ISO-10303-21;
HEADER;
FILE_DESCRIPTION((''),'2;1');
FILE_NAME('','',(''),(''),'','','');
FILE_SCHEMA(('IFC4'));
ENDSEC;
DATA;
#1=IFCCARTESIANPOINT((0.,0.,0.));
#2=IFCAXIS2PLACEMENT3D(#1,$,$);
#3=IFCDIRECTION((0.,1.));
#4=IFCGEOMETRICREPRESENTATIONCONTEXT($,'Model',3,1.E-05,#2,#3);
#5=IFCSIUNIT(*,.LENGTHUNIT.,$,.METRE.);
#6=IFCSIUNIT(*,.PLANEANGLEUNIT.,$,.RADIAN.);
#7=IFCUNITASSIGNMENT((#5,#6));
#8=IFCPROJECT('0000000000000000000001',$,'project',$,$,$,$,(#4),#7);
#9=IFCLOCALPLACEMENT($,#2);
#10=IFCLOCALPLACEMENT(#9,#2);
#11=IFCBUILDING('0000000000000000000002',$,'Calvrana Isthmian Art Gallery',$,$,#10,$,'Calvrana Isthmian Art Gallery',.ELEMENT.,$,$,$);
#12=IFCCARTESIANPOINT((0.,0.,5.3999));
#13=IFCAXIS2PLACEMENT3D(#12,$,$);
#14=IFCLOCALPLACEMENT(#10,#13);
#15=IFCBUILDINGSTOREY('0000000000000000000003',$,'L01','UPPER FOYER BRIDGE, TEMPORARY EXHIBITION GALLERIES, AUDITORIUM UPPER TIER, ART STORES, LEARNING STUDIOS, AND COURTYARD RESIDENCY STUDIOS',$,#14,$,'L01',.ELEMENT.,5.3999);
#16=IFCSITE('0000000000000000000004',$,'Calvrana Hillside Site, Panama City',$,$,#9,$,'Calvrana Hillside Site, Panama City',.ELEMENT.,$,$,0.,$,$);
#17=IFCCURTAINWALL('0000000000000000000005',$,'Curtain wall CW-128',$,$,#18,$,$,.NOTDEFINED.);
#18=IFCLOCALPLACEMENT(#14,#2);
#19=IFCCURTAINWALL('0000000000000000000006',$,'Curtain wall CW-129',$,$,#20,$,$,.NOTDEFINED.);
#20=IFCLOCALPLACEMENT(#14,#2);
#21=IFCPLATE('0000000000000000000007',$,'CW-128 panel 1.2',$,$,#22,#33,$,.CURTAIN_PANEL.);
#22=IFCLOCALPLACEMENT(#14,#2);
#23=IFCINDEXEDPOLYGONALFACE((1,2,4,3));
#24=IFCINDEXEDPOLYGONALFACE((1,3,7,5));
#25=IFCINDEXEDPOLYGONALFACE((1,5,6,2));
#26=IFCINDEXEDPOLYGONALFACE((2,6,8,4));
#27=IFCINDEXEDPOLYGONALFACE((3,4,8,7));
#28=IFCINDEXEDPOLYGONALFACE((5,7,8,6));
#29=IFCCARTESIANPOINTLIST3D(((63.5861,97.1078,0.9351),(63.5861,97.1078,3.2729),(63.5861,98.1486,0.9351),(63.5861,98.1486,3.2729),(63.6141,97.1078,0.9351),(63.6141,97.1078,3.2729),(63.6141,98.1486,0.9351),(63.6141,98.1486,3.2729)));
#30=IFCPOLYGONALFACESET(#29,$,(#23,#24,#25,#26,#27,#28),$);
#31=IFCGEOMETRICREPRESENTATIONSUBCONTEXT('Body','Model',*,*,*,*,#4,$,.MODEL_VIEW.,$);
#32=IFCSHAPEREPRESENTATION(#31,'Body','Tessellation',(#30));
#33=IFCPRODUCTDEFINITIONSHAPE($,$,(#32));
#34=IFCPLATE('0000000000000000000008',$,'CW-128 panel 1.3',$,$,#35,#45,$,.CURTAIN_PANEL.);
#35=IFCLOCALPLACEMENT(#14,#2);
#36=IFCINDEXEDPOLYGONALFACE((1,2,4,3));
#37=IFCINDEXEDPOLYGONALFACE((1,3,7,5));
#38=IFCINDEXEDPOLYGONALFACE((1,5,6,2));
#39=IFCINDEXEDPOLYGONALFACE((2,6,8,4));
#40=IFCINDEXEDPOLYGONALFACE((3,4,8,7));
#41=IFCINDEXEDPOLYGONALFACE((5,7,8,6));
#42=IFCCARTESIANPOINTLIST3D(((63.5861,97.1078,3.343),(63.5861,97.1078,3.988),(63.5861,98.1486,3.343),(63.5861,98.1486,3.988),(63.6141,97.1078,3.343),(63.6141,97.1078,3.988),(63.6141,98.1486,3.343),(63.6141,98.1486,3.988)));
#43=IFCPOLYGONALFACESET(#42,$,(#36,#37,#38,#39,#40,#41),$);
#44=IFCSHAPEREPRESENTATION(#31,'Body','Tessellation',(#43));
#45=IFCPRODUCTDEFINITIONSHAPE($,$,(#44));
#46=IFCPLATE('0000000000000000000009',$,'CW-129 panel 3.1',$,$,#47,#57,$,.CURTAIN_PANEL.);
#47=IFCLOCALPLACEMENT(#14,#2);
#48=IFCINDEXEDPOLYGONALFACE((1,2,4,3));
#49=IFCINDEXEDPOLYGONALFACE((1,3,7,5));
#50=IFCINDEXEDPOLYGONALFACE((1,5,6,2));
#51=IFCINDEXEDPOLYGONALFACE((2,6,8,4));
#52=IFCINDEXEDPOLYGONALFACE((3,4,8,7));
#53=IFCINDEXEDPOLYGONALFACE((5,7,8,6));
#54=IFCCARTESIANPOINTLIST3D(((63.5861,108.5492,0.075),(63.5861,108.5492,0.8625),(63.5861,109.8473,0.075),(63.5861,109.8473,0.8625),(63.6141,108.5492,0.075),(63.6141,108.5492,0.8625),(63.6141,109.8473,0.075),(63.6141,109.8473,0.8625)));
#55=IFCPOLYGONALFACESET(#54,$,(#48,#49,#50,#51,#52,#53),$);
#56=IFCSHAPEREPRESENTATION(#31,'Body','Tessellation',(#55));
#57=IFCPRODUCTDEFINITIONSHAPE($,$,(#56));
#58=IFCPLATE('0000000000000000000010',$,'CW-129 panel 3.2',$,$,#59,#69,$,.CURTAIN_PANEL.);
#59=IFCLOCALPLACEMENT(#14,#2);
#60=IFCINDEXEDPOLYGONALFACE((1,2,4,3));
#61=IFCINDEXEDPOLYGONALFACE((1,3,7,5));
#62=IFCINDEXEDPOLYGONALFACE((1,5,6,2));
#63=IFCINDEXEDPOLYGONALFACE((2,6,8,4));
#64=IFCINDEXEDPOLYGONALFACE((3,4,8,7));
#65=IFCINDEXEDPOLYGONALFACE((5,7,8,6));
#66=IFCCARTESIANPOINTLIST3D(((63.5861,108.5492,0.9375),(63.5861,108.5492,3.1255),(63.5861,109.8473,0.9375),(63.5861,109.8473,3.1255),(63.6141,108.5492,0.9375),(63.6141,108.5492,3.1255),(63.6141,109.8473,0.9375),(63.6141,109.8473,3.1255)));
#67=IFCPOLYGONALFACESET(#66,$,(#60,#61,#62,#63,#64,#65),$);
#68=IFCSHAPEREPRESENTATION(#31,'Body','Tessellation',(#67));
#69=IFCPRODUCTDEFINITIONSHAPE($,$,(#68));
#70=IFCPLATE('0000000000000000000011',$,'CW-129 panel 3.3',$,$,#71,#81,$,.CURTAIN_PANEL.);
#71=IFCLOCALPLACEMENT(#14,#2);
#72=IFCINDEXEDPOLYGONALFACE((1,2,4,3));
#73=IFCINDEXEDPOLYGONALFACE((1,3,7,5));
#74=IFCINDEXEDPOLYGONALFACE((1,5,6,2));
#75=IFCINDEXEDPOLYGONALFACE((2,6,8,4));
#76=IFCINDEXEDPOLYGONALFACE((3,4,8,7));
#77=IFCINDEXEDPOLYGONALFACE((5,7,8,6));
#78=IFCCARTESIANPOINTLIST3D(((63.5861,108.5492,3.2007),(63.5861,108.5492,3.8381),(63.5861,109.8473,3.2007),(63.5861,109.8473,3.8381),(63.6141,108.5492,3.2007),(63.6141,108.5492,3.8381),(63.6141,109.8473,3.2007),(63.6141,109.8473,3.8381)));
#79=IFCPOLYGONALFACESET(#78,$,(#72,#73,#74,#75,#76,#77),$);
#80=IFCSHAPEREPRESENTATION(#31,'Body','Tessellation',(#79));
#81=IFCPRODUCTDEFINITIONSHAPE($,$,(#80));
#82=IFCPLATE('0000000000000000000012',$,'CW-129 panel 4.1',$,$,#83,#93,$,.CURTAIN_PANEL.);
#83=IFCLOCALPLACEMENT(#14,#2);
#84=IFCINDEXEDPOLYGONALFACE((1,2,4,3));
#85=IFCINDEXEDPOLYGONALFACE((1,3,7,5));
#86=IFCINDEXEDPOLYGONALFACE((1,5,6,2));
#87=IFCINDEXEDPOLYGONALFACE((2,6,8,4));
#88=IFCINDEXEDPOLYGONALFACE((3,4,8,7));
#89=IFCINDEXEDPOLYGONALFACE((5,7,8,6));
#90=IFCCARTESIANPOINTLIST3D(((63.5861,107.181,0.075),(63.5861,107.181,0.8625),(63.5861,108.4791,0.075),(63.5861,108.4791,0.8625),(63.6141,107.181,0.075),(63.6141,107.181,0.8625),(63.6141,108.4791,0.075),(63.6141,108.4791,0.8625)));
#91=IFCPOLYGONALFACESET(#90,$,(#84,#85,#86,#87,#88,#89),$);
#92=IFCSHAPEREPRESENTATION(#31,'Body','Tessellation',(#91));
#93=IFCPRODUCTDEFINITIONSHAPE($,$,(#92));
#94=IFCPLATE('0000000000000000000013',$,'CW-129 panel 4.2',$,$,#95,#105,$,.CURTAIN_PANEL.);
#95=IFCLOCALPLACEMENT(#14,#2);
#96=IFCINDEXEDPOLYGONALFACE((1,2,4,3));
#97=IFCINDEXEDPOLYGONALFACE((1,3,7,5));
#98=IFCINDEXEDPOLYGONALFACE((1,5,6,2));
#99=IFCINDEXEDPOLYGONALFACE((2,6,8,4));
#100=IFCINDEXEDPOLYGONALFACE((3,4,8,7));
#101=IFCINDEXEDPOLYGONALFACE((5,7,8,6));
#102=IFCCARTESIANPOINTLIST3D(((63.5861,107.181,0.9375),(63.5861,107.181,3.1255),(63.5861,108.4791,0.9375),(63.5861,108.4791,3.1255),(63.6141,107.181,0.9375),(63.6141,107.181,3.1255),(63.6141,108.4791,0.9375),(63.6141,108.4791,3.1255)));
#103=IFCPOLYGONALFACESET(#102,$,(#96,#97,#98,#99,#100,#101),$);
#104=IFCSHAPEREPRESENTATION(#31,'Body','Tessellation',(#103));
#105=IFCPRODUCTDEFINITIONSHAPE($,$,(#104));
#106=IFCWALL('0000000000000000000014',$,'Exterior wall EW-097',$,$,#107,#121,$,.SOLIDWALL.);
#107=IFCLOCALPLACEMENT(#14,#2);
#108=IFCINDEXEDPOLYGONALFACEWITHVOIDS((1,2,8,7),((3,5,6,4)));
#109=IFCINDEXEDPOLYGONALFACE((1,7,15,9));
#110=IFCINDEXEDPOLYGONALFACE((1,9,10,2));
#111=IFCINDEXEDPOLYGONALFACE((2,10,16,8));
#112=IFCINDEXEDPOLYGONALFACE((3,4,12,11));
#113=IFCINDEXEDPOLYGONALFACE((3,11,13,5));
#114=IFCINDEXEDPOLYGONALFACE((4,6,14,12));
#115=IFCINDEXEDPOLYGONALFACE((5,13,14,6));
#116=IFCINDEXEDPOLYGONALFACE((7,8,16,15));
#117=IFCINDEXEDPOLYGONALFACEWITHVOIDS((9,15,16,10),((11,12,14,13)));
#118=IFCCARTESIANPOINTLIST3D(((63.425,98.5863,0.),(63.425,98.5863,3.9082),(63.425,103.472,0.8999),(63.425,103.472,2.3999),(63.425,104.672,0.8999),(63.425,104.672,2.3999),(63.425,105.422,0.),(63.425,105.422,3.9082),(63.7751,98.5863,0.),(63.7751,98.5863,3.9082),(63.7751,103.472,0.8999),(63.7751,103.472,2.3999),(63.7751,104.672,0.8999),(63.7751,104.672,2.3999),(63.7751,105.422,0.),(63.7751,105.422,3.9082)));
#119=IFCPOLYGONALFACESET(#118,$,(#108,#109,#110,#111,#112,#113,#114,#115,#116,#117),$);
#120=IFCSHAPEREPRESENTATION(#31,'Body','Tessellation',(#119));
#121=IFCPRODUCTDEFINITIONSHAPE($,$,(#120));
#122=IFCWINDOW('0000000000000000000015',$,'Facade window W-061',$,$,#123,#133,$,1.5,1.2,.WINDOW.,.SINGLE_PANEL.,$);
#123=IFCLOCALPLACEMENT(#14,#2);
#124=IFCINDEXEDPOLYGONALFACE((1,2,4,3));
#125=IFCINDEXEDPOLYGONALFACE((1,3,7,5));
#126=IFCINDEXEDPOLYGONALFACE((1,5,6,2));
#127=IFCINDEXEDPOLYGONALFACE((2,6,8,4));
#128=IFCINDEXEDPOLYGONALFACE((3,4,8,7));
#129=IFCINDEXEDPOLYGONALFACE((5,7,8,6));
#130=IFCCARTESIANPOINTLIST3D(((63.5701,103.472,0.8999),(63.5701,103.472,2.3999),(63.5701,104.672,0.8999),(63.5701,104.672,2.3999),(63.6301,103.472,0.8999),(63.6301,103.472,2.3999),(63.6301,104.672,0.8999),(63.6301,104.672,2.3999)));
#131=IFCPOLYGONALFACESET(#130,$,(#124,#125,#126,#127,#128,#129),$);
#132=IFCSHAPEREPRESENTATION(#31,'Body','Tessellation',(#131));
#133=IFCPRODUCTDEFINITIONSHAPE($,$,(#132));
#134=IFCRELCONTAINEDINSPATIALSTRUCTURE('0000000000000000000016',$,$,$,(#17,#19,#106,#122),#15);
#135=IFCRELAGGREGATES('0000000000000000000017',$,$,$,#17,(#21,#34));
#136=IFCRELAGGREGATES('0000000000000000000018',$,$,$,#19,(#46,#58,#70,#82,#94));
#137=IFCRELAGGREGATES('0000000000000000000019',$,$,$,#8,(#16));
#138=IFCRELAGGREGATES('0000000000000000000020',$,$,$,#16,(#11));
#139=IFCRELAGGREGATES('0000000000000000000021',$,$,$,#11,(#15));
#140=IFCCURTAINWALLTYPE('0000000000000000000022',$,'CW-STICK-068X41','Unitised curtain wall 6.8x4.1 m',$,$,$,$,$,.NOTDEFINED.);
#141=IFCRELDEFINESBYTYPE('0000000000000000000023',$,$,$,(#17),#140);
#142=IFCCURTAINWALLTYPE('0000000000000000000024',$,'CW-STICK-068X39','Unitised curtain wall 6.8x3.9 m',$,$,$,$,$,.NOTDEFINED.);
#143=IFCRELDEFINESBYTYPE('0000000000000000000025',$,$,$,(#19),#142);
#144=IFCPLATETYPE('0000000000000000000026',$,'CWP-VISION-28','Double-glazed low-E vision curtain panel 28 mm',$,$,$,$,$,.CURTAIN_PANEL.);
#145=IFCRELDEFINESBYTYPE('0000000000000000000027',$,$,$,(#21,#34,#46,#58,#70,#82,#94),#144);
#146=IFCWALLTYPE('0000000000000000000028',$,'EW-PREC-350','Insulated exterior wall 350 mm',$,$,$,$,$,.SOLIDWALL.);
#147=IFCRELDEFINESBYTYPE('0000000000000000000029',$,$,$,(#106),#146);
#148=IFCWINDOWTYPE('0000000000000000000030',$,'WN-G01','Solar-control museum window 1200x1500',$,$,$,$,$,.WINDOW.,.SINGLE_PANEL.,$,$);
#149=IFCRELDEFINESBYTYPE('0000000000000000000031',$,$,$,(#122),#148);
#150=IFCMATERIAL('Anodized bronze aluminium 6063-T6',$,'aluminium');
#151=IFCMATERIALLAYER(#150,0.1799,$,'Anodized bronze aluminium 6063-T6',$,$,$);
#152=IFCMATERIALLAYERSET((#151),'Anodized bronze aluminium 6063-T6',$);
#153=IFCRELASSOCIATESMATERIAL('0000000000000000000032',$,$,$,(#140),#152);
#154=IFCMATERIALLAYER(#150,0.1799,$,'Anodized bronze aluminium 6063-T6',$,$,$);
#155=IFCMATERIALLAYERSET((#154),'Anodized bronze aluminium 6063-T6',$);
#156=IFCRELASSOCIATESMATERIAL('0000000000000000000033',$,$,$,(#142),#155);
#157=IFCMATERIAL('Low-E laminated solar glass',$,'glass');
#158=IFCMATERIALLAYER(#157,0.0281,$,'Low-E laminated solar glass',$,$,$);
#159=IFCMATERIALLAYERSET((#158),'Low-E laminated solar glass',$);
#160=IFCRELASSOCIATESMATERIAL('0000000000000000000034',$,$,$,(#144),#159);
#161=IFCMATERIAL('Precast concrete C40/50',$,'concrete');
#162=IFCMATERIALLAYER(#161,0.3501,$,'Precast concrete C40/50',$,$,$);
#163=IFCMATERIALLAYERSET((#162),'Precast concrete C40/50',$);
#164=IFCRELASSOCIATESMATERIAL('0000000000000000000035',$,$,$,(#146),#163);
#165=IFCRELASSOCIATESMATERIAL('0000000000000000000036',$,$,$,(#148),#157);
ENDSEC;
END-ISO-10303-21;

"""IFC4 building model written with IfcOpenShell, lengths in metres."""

from ifc_helpers import new_model, si_unit, direction, frame, frame_2d, origin, origin_2d, place, context, subcontext, project, spatial, rectangle, extrude, material, layer, layer_set, type_object, element, fill, aggregate, save


model = new_model("IFC4")

# Units and contexts
model_context = context("Model", 3, precision=1e-05, world=origin(), true_north=direction((0.0, 1.0)))
body_context = subcontext(model_context, "Body", "Model", "MODEL_VIEW")
ifc_project = project(units=[si_unit("LENGTHUNIT", "METRE"), si_unit("PLANEANGLEUNIT", "RADIAN")], contexts=[model_context])

# Site, building, storey
site_placement = place(None, origin())
site = spatial("IfcSite", under=ifc_project, at=site_placement, Name="Calvrana Hillside Site, Panama City", LongName="Calvrana Hillside Site, Panama City", CompositionType="ELEMENT", RefElevation=0.0)
building_placement = place(site_placement, origin())
building = spatial("IfcBuilding", under=site, at=building_placement, Name="Calvrana Isthmian Art Gallery", LongName="Calvrana Isthmian Art Gallery", CompositionType="ELEMENT")
storey_placement = place(building_placement, frame((0.0, 0.0, 5.3999)))
storey = spatial("IfcBuildingStorey", under=building, at=storey_placement, Name="L01", Description="UPPER FOYER BRIDGE, TEMPORARY EXHIBITION GALLERIES, AUDITORIUM UPPER TIER, ART STORES, LEARNING STUDIOS, AND COURTYARD RESIDENCY STUDIOS", LongName="L01", CompositionType="ELEMENT", Elevation=5.3999)

# Curtain walls
ifc_material_1 = material(Name="Anodized bronze aluminium 6063-T6", Category="aluminium")
ifc_layer_1 = layer(ifc_material_1, 0.1799, Name="Anodized bronze aluminium 6063-T6")
ifc_layer_set_1 = layer_set([ifc_layer_1], Name="Anodized bronze aluminium 6063-T6")
curtain_wall_type_1 = type_object("IfcCurtainWallType", Name="CW-STICK-068X41", Description="Unitised curtain wall 6.8x4.1 m", PredefinedType="NOTDEFINED", material=ifc_layer_set_1)
curtain_wall_1_placement = place(storey_placement, origin())
curtain_wall_1 = element("IfcCurtainWall", 1, at=curtain_wall_1_placement, inside=storey, type_object=curtain_wall_type_1, Name="Curtain wall CW-128", PredefinedType="NOTDEFINED")
ifc_layer_2 = layer(ifc_material_1, 0.1799, Name="Anodized bronze aluminium 6063-T6")
ifc_layer_set_2 = layer_set([ifc_layer_2], Name="Anodized bronze aluminium 6063-T6")
curtain_wall_type_2 = type_object("IfcCurtainWallType", Name="CW-STICK-068X39", Description="Unitised curtain wall 6.8x3.9 m", PredefinedType="NOTDEFINED", material=ifc_layer_set_2)
curtain_wall_2_placement = place(storey_placement, origin())
curtain_wall_2 = element("IfcCurtainWall", 2, at=curtain_wall_2_placement, inside=storey, type_object=curtain_wall_type_2, Name="Curtain wall CW-129", PredefinedType="NOTDEFINED")

# Plates
ifc_material_2 = material(Name="Low-E laminated solar glass", Category="glass")
ifc_layer_3 = layer(ifc_material_2, 0.0281, Name="Low-E laminated solar glass")
ifc_layer_set_3 = layer_set([ifc_layer_3], Name="Low-E laminated solar glass")
plate_type = type_object("IfcPlateType", Name="CWP-VISION-28", Description="Double-glazed low-E vision curtain panel 28 mm", PredefinedType="CURTAIN_PANEL", material=ifc_layer_set_3)
plate_1_placement = place(storey_placement, frame((63.6001, 97.6282, 0.9351), z_axis=(0.0, 0.0, 1.0), x_axis=(0.0, -1.0, 0.0)))
plate_1 = element("IfcPlate", 3, at=plate_1_placement, type_object=plate_type, Name="CW-128 panel 1.2", PredefinedType="CURTAIN_PANEL", context=body_context, shape_type="SweptSolid", body=[
    extrude(rectangle(XDim=1.0408, YDim=0.0281, at=origin_2d()), origin(), (0.0, 0.0, 1.0), 2.3379),
])
plate_2_placement = place(storey_placement, frame((63.6001, 97.6282, 3.343), z_axis=(0.0, 0.0, 1.0), x_axis=(0.0, -1.0, 0.0)))
plate_2 = element("IfcPlate", 4, at=plate_2_placement, type_object=plate_type, Name="CW-128 panel 1.3", PredefinedType="CURTAIN_PANEL", context=body_context, shape_type="SweptSolid", body=[
    extrude(rectangle(XDim=1.0408, YDim=0.0281, at=origin_2d()), origin(), (0.0, 0.0, 1.0), 0.645),
])
aggregate(curtain_wall_1, [plate_1, plate_2])
plate_3_placement = place(storey_placement, frame((63.6001, 109.1982, 0.075), z_axis=(0.0, 0.0, 1.0), x_axis=(0.0, -1.0, 0.0)))
plate_3 = element("IfcPlate", 5, at=plate_3_placement, type_object=plate_type, Name="CW-129 panel 3.1", PredefinedType="CURTAIN_PANEL", context=body_context, shape_type="SweptSolid", body=[
    extrude(rectangle(XDim=1.2981, YDim=0.0281, at=origin_2d()), origin(), (0.0, 0.0, 1.0), 0.7876),
])
plate_4_placement = place(storey_placement, frame((63.6001, 109.1982, 0.9375), z_axis=(0.0, 0.0, 1.0), x_axis=(0.0, -1.0, 0.0)))
plate_4 = element("IfcPlate", 6, at=plate_4_placement, type_object=plate_type, Name="CW-129 panel 3.2", PredefinedType="CURTAIN_PANEL", context=body_context, shape_type="SweptSolid", body=[
    extrude(rectangle(XDim=1.2981, YDim=0.0281, at=origin_2d()), origin(), (0.0, 0.0, 1.0), 2.188),
])
plate_5_placement = place(storey_placement, frame((63.6001, 109.1982, 3.2007), z_axis=(0.0, 0.0, 1.0), x_axis=(0.0, -1.0, 0.0)))
plate_5 = element("IfcPlate", 7, at=plate_5_placement, type_object=plate_type, Name="CW-129 panel 3.3", PredefinedType="CURTAIN_PANEL", context=body_context, shape_type="SweptSolid", body=[
    extrude(rectangle(XDim=1.2981, YDim=0.0281, at=origin_2d()), origin(), (0.0, 0.0, 1.0), 0.6375),
])
plate_6_placement = place(storey_placement, frame((63.6001, 107.8301, 0.075), z_axis=(0.0, 0.0, 1.0), x_axis=(0.0, -1.0, 0.0)))
plate_6 = element("IfcPlate", 8, at=plate_6_placement, type_object=plate_type, Name="CW-129 panel 4.1", PredefinedType="CURTAIN_PANEL", context=body_context, shape_type="SweptSolid", body=[
    extrude(rectangle(XDim=1.2981, YDim=0.0281, at=origin_2d()), origin(), (0.0, 0.0, 1.0), 0.7876),
])
plate_7_placement = place(storey_placement, frame((63.6001, 107.8301, 0.9375), z_axis=(0.0, 0.0, 1.0), x_axis=(0.0, -1.0, 0.0)))
plate_7 = element("IfcPlate", 9, at=plate_7_placement, type_object=plate_type, Name="CW-129 panel 4.2", PredefinedType="CURTAIN_PANEL", context=body_context, shape_type="SweptSolid", body=[
    extrude(rectangle(XDim=1.2981, YDim=0.0281, at=origin_2d()), origin(), (0.0, 0.0, 1.0), 2.188),
])
aggregate(curtain_wall_2, [plate_3, plate_4, plate_5, plate_6, plate_7])

# Wall, opening, window
ifc_material_3 = material(Name="Precast concrete C40/50", Category="concrete")
ifc_layer_4 = layer(ifc_material_3, 0.3501, Name="Precast concrete C40/50")
ifc_layer_set_4 = layer_set([ifc_layer_4], Name="Precast concrete C40/50")
wall_type = type_object("IfcWallType", Name="EW-PREC-350", Description="Insulated exterior wall 350 mm", PredefinedType="SOLIDWALL", material=ifc_layer_set_4)
wall_placement = place(storey_placement, frame((63.6001, 105.4221, 0.0), z_axis=(0.0, 0.0, 1.0), x_axis=(0.0, -1.0, 0.0)))
wall = element("IfcWall", 10, at=wall_placement, inside=storey, type_object=wall_type, Name="Exterior wall EW-097", PredefinedType="SOLIDWALL", context=body_context, shape_type="SweptSolid", body=[
    extrude(rectangle(XDim=6.8357, YDim=0.3501, at=frame_2d((3.418, 0.0))), origin(), (0.0, 0.0, 1.0), 3.9082),
])
opening_placement = place(wall_placement, frame((0.75, 0.0, 0.8999)))
opening = element("IfcOpeningElement", 11, at=opening_placement, cuts=wall, PredefinedType="OPENING", context=body_context, shape_type="SweptSolid", body=[
    extrude(rectangle(XDim=1.2, YDim=1.5, at=frame_2d((0.6001, 0.75))), frame((0.0, 0.1853, 0.0), z_axis=(0.0, -1.0, 0.0), x_axis=(1.0, 0.0, 0.0)), (0.0, 0.0, 1.0), 0.3706),
])
window_type = type_object("IfcWindowType", Name="WN-G01", Description="Solar-control museum window 1200x1500", PartitioningType="SINGLE_PANEL", PredefinedType="WINDOW", material=ifc_material_2)
window_placement = place(opening_placement, origin())
window = element("IfcWindow", 12, at=window_placement, inside=storey, type_object=window_type, Name="Facade window W-061", OverallHeight=1.5, OverallWidth=1.2, PartitioningType="SINGLE_PANEL", PredefinedType="WINDOW", context=body_context, shape_type="SweptSolid", body=[
    extrude(rectangle(XDim=1.2, YDim=1.5, at=frame_2d((0.6001, 0.75))), frame((0.0, 0.03, 0.0), z_axis=(0.0, -1.0, 0.0), x_axis=(1.0, 0.0, 0.0)), (0.0, 0.0, 1.0), 0.0601),
])
fill(opening, window)

save(model, "model.ifc")
